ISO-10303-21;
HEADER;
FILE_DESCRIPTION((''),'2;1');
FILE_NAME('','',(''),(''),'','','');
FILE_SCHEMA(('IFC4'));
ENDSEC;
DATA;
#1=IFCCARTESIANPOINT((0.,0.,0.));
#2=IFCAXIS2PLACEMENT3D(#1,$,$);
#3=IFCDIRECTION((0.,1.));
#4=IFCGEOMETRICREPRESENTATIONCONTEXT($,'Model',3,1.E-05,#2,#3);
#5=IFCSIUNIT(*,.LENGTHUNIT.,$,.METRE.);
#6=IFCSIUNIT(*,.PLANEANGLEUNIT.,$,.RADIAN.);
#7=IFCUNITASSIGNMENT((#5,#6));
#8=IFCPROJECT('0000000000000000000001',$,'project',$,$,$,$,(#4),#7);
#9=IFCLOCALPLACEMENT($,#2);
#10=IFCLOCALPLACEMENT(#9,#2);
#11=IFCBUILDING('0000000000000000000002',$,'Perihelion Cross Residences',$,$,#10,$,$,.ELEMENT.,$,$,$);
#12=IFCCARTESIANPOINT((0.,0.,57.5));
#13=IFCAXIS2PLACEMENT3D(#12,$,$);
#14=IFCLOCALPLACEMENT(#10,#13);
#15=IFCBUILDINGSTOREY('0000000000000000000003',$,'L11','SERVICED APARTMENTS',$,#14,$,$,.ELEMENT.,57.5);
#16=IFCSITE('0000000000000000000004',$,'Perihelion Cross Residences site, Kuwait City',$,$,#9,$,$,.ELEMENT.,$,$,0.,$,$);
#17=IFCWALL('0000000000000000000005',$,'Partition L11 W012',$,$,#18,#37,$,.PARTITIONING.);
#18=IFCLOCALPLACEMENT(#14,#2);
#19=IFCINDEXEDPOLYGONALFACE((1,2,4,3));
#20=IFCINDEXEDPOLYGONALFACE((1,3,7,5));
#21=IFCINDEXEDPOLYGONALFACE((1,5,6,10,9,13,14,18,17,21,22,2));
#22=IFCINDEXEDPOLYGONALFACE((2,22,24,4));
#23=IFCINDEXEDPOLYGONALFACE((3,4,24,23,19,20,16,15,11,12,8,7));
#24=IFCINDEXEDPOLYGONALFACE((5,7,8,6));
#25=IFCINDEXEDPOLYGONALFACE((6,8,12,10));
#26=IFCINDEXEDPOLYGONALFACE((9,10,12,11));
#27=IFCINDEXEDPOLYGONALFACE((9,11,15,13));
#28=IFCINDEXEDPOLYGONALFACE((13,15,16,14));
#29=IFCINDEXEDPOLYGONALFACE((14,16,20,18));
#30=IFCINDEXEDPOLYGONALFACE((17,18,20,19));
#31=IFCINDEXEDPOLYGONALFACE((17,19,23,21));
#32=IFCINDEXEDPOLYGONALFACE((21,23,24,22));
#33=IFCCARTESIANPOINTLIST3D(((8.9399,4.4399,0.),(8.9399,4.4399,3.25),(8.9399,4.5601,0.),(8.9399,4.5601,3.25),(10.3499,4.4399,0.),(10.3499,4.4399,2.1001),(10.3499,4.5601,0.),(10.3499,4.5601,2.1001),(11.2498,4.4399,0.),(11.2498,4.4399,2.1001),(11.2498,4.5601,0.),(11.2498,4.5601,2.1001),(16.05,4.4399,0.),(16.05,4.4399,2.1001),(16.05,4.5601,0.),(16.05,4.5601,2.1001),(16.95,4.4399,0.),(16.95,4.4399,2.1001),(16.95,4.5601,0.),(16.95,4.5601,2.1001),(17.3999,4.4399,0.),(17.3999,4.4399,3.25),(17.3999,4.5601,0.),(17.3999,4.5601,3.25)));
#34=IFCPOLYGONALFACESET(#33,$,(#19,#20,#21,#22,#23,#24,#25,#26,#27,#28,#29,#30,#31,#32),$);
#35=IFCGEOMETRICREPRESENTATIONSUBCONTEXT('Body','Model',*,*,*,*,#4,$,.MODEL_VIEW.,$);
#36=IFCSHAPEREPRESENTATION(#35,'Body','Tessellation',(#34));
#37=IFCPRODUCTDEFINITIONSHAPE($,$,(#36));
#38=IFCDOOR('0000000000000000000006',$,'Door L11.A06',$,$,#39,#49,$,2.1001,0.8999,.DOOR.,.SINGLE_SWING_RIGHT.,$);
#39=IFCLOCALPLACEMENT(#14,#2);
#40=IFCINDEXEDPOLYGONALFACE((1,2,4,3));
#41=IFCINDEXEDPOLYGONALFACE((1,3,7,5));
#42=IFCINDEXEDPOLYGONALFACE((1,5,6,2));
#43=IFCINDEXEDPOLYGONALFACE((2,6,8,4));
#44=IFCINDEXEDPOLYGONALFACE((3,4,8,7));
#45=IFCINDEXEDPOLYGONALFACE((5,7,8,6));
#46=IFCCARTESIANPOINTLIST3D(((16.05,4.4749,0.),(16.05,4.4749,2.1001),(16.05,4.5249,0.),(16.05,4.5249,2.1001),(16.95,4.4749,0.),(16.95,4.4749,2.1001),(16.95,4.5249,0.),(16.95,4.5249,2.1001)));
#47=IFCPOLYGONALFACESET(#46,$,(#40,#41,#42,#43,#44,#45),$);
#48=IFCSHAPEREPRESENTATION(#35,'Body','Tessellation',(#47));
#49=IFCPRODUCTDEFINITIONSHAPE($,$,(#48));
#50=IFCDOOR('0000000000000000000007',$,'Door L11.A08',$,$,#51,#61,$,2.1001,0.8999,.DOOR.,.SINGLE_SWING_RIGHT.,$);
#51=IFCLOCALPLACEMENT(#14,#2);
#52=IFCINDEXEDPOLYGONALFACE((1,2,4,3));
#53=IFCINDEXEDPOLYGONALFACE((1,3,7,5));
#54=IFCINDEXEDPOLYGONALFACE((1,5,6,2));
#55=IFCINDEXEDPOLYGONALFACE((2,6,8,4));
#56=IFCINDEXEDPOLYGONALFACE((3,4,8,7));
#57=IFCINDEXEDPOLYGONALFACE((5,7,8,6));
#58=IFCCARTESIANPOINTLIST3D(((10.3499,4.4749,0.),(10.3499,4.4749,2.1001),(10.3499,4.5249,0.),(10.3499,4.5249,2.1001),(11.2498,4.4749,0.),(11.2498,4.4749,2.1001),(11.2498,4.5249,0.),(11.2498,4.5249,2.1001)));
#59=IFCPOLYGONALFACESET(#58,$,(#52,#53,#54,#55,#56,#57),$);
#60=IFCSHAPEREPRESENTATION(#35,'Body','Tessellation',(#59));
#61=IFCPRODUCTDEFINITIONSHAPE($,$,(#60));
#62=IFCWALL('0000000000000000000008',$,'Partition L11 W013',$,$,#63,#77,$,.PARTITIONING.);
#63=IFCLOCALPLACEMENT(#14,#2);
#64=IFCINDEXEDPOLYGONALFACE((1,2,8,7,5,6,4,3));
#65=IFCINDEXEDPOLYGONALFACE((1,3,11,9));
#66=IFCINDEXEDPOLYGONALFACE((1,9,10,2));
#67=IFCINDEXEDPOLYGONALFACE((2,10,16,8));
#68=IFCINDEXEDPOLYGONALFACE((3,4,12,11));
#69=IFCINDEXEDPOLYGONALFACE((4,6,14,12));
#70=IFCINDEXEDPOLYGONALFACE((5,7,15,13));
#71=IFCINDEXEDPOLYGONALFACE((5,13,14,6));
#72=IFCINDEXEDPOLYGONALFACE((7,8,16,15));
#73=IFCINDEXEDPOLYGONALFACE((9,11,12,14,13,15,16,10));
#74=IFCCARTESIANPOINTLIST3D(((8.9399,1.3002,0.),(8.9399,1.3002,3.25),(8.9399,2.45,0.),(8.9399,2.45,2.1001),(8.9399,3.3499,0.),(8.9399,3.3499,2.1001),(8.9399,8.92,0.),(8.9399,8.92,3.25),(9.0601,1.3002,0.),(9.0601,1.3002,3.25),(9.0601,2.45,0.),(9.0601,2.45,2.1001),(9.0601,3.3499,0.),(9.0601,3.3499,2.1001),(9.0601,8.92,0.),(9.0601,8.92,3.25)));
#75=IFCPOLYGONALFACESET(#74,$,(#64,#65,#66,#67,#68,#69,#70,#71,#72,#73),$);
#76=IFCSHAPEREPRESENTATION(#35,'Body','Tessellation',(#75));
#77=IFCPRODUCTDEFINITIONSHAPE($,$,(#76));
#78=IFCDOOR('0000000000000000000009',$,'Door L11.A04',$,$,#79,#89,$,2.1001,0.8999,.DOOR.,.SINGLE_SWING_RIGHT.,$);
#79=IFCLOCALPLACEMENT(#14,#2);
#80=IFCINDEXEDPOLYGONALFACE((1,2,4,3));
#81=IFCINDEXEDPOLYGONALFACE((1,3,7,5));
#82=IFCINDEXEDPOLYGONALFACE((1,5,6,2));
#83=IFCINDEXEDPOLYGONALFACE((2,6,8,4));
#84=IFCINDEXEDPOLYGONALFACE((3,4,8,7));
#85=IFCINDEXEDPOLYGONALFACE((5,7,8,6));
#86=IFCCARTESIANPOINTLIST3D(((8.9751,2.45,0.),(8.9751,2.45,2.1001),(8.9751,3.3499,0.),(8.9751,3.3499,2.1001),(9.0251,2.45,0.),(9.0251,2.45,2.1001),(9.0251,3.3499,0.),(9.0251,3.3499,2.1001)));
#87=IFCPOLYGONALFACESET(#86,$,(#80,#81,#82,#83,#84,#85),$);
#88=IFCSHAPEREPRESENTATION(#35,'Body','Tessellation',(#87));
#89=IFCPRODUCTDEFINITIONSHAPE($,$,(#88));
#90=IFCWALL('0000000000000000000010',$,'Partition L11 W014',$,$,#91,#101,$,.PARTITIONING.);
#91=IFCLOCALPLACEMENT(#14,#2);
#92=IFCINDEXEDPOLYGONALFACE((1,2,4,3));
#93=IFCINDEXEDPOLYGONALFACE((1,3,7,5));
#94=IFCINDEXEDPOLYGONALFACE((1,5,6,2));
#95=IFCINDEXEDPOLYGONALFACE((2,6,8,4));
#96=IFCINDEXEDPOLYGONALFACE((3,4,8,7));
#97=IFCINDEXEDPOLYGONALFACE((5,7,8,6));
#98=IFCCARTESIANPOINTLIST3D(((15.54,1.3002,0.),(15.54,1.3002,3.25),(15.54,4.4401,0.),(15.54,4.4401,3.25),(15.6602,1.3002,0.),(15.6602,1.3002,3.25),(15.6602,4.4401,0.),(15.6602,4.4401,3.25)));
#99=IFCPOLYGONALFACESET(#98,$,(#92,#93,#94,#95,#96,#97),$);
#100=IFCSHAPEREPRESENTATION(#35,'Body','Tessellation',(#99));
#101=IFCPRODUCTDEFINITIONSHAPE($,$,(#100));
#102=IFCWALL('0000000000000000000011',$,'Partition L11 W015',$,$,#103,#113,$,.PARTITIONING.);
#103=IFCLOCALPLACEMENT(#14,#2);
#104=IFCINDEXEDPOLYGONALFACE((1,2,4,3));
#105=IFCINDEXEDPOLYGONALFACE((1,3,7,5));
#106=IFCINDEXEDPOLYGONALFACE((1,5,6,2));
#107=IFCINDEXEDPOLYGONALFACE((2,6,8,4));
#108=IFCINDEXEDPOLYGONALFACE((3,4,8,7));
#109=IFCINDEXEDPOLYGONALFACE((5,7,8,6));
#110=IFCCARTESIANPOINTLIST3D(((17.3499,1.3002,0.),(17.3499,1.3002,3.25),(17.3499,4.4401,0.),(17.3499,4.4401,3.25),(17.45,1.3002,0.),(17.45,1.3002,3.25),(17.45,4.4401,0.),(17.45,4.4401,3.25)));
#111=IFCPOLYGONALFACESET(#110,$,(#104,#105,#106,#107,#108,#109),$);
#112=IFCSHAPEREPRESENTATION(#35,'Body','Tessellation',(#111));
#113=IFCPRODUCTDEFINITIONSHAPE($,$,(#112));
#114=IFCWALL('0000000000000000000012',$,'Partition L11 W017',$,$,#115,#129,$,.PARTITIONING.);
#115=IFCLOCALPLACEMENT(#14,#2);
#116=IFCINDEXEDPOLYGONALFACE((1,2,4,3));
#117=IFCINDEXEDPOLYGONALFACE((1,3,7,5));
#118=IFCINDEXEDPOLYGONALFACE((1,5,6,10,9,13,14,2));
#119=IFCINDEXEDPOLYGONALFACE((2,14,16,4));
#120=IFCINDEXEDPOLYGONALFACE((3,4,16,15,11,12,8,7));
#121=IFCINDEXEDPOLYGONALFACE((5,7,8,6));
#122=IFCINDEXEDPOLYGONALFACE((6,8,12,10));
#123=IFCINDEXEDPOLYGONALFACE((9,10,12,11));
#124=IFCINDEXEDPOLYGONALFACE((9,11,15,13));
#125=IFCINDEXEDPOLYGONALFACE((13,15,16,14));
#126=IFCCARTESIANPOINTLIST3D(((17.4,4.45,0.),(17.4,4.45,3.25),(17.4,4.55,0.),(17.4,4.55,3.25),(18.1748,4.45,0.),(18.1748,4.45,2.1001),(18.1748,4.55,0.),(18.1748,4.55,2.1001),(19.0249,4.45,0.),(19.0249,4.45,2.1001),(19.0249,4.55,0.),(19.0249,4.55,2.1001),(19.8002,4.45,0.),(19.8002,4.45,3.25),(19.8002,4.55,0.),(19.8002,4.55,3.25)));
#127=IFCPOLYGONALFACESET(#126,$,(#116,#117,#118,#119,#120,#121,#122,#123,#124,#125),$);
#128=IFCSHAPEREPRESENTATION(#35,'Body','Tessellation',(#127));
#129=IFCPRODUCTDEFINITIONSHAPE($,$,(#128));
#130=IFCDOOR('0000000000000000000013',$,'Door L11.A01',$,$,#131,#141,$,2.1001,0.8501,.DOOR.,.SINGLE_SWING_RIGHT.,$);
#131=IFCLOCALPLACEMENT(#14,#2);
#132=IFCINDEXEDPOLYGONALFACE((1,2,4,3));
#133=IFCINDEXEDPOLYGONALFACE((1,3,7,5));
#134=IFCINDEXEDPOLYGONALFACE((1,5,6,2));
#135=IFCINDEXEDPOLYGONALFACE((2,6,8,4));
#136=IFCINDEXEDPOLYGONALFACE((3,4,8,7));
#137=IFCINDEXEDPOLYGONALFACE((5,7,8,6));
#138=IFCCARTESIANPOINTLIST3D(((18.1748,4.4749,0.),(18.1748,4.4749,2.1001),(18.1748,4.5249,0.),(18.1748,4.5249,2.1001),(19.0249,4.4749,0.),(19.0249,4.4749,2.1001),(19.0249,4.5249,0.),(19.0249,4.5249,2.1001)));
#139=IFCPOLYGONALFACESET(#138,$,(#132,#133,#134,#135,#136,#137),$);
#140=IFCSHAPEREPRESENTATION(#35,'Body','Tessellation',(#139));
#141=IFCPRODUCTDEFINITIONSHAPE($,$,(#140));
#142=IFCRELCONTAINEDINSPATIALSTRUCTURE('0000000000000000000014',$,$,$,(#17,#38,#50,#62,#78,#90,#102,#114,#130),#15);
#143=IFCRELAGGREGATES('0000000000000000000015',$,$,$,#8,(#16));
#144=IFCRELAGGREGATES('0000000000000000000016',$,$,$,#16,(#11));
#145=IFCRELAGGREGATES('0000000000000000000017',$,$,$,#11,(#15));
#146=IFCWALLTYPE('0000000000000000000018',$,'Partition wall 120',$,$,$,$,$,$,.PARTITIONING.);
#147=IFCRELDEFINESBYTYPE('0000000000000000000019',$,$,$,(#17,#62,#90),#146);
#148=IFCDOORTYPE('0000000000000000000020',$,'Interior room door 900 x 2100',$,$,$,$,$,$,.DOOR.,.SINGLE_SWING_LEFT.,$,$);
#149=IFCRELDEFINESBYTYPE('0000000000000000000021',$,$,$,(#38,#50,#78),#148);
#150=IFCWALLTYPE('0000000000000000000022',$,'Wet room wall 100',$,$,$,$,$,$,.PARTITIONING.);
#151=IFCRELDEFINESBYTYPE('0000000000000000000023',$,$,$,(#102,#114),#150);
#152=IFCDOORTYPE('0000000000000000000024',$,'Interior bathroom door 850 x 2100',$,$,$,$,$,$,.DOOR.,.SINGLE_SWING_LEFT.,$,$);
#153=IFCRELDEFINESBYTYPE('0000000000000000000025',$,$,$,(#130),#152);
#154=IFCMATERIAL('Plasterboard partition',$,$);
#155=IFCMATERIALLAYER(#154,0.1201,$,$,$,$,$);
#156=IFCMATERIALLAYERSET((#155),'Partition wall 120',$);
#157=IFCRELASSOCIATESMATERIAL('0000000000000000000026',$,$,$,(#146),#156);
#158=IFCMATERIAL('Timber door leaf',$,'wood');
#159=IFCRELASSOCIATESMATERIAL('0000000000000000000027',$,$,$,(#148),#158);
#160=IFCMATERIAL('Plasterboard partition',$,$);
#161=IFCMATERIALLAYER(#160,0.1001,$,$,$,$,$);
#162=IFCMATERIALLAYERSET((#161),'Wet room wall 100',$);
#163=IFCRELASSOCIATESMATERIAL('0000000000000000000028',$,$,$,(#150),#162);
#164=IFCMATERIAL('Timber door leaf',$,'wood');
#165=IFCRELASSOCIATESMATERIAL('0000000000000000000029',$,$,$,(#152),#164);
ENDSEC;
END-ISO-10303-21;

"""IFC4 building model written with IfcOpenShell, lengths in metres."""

from ifc_helpers import new_model, si_unit, direction, frame, frame_2d, origin, place, context, subcontext, project, spatial, rectangle, extrude, material, layer, layer_set, type_object, element, fill, save


model = new_model("IFC4")

# Units and contexts
model_context = context("Model", 3, precision=1e-05, world=origin(), true_north=direction((0.0, 1.0)))
body_context = subcontext(model_context, "Body", "Model", "MODEL_VIEW")
ifc_project = project(units=[si_unit("LENGTHUNIT", "METRE"), si_unit("PLANEANGLEUNIT", "RADIAN")], contexts=[model_context])

# Site, building, storey
site_placement = place(None, origin())
site = spatial("IfcSite", under=ifc_project, at=site_placement, Name="Perihelion Cross Residences site, Kuwait City", CompositionType="ELEMENT", RefElevation=0.0)
building_placement = place(site_placement, origin())
building = spatial("IfcBuilding", under=site, at=building_placement, Name="Perihelion Cross Residences", CompositionType="ELEMENT")
storey_placement = place(building_placement, frame((0.0, 0.0, 57.5)))
storey = spatial("IfcBuildingStorey", under=building, at=storey_placement, Name="L11", Description="SERVICED APARTMENTS", CompositionType="ELEMENT", Elevation=57.5)

# Shared definitions
ifc_material_1 = material(Name="Plasterboard partition")
ifc_layer_1 = layer(ifc_material_1, 0.1201)
ifc_layer_set_1 = layer_set([ifc_layer_1], Name="Partition wall 120")
wall_type_1 = type_object("IfcWallType", Name="Partition wall 120", PredefinedType="PARTITIONING", material=ifc_layer_set_1)
ifc_material_2 = material(Name="Timber door leaf", Category="wood")
door_type_1 = type_object("IfcDoorType", Name="Interior room door 900 x 2100", OperationType="SINGLE_SWING_LEFT", PredefinedType="DOOR", material=ifc_material_2)

# Wall, openings, doors
wall_1_placement = place(storey_placement, frame((8.9399, 4.5, 0.0), z_axis=(0.0, 0.0, 1.0), x_axis=(1.0, 0.0, 0.0)))
wall_1 = element("IfcWall", 1, at=wall_1_placement, inside=storey, type_object=wall_type_1, Name="Partition L11 W012", PredefinedType="PARTITIONING", context=body_context, shape_type="SweptSolid", body=[
    extrude(rectangle(XDim=8.46, YDim=0.1201, at=frame_2d((4.23, 0.0))), origin(), (0.0, 0.0, 1.0), 3.25),
])
opening_1_placement = place(wall_1_placement, frame((7.1101, 0.0, 0.0)))
opening_1 = element("IfcOpeningElement", 2, at=opening_1_placement, cuts=wall_1, PredefinedType="OPENING", context=body_context, shape_type="SweptSolid", body=[
    extrude(rectangle(XDim=0.8999, YDim=2.1001, at=frame_2d((0.45, 1.05))), frame((0.0, 0.0701, 0.0), z_axis=(0.0, -1.0, 0.0), x_axis=(1.0, 0.0, 0.0)), (0.0, 0.0, 1.0), 0.1401),
])
opening_2_placement = place(wall_1_placement, frame((1.4099, 0.0, 0.0)))
opening_2 = element("IfcOpeningElement", 3, at=opening_2_placement, cuts=wall_1, PredefinedType="OPENING", context=body_context, shape_type="SweptSolid", body=[
    extrude(rectangle(XDim=0.8999, YDim=2.1001, at=frame_2d((0.45, 1.05))), frame((0.0, 0.0701, 0.0), z_axis=(0.0, -1.0, 0.0), x_axis=(1.0, 0.0, 0.0)), (0.0, 0.0, 1.0), 0.1401),
])
door_1_placement = place(opening_1_placement, origin())
door_1 = element("IfcDoor", 4, at=door_1_placement, inside=storey, type_object=door_type_1, Name="Door L11.A06", OperationType="SINGLE_SWING_RIGHT", OverallHeight=2.1001, OverallWidth=0.8999, PredefinedType="DOOR", context=body_context, shape_type="SweptSolid", body=[
    extrude(rectangle(XDim=0.8999, YDim=2.1001, at=frame_2d((0.45, 1.05))), frame((0.0, 0.0249, 0.0), z_axis=(0.0, -1.0, 0.0), x_axis=(1.0, 0.0, 0.0)), (0.0, 0.0, 1.0), 0.05),
])
fill(opening_1, door_1)
door_2_placement = place(opening_2_placement, origin())
door_2 = element("IfcDoor", 5, at=door_2_placement, inside=storey, type_object=door_type_1, Name="Door L11.A08", OperationType="SINGLE_SWING_RIGHT", OverallHeight=2.1001, OverallWidth=0.8999, PredefinedType="DOOR", context=body_context, shape_type="SweptSolid", body=[
    extrude(rectangle(XDim=0.8999, YDim=2.1001, at=frame_2d((0.45, 1.05))), frame((0.0, 0.0249, 0.0), z_axis=(0.0, -1.0, 0.0), x_axis=(1.0, 0.0, 0.0)), (0.0, 0.0, 1.0), 0.05),
])
fill(opening_2, door_2)

# Wall, opening, door
wall_2_placement = place(storey_placement, frame((9.0, 1.3, 0.0), z_axis=(0.0, 0.0, 1.0), x_axis=(0.0, 1.0, 0.0)))
wall_2 = element("IfcWall", 6, at=wall_2_placement, inside=storey, type_object=wall_type_1, Name="Partition L11 W013", PredefinedType="PARTITIONING", context=body_context, shape_type="SweptSolid", body=[
    extrude(rectangle(XDim=7.6199, YDim=0.1201, at=frame_2d((3.8101, 0.0))), origin(), (0.0, 0.0, 1.0), 3.25),
])
opening_3_placement = place(wall_2_placement, frame((1.1499, 0.0, 0.0)))
opening_3 = element("IfcOpeningElement", 7, at=opening_3_placement, cuts=wall_2, PredefinedType="OPENING", context=body_context, shape_type="SweptSolid", body=[
    extrude(rectangle(XDim=0.8999, YDim=2.1001, at=frame_2d((0.45, 1.05))), frame((0.0, 0.0701, 0.0), z_axis=(0.0, -1.0, 0.0), x_axis=(1.0, 0.0, 0.0)), (0.0, 0.0, 1.0), 0.1401),
])
door_3_placement = place(opening_3_placement, origin())
door_3 = element("IfcDoor", 8, at=door_3_placement, inside=storey, type_object=door_type_1, Name="Door L11.A04", OperationType="SINGLE_SWING_RIGHT", OverallHeight=2.1001, OverallWidth=0.8999, PredefinedType="DOOR", context=body_context, shape_type="SweptSolid", body=[
    extrude(rectangle(XDim=0.8999, YDim=2.1001, at=frame_2d((0.45, 1.05))), frame((0.0, 0.0249, 0.0), z_axis=(0.0, -1.0, 0.0), x_axis=(1.0, 0.0, 0.0)), (0.0, 0.0, 1.0), 0.05),
])
fill(opening_3, door_3)

# Walls
wall_3_placement = place(storey_placement, frame((15.6001, 4.4399, 0.0), z_axis=(0.0, 0.0, 1.0), x_axis=(0.0, -1.0, 0.0)))
element("IfcWall", 9, at=wall_3_placement, inside=storey, type_object=wall_type_1, Name="Partition L11 W014", PredefinedType="PARTITIONING", context=body_context, shape_type="SweptSolid", body=[
    extrude(rectangle(XDim=3.1399, YDim=0.1201, at=frame_2d((1.5698, 0.0))), origin(), (0.0, 0.0, 1.0), 3.25),
])
ifc_material_3 = material(Name="Plasterboard partition")
ifc_layer_2 = layer(ifc_material_3, 0.1001)
ifc_layer_set_2 = layer_set([ifc_layer_2], Name="Wet room wall 100")
wall_type_2 = type_object("IfcWallType", Name="Wet room wall 100", PredefinedType="PARTITIONING", material=ifc_layer_set_2)
wall_4_placement = place(storey_placement, frame((17.3999, 4.4399, 0.0), z_axis=(0.0, 0.0, 1.0), x_axis=(0.0, -1.0, 0.0)))
element("IfcWall", 10, at=wall_4_placement, inside=storey, type_object=wall_type_2, Name="Partition L11 W015", PredefinedType="PARTITIONING", context=body_context, shape_type="SweptSolid", body=[
    extrude(rectangle(XDim=3.1399, YDim=0.1001, at=frame_2d((1.5698, 0.0))), origin(), (0.0, 0.0, 1.0), 3.25),
])

# Wall, opening, door
wall_5_placement = place(storey_placement, frame((17.3999, 4.5, 0.0), z_axis=(0.0, 0.0, 1.0), x_axis=(1.0, 0.0, 0.0)))
wall_5 = element("IfcWall", 11, at=wall_5_placement, inside=storey, type_object=wall_type_2, Name="Partition L11 W017", PredefinedType="PARTITIONING", context=body_context, shape_type="SweptSolid", body=[
    extrude(rectangle(XDim=2.4001, YDim=0.1001, at=frame_2d((1.2002, 0.0))), origin(), (0.0, 0.0, 1.0), 3.25),
])
opening_4_placement = place(wall_5_placement, frame((0.7749, 0.0, 0.0)))
opening_4 = element("IfcOpeningElement", 12, at=opening_4_placement, cuts=wall_5, PredefinedType="OPENING", context=body_context, shape_type="SweptSolid", body=[
    extrude(rectangle(XDim=0.8501, YDim=2.1001, at=frame_2d((0.425, 1.05))), frame((0.0, 0.0601, 0.0), z_axis=(0.0, -1.0, 0.0), x_axis=(1.0, 0.0, 0.0)), (0.0, 0.0, 1.0), 0.1201),
])
ifc_material_4 = material(Name="Timber door leaf", Category="wood")
door_type_2 = type_object("IfcDoorType", Name="Interior bathroom door 850 x 2100", OperationType="SINGLE_SWING_LEFT", PredefinedType="DOOR", material=ifc_material_4)
door_4_placement = place(opening_4_placement, origin())
door_4 = element("IfcDoor", 13, at=door_4_placement, inside=storey, type_object=door_type_2, Name="Door L11.A01", OperationType="SINGLE_SWING_RIGHT", OverallHeight=2.1001, OverallWidth=0.8501, PredefinedType="DOOR", context=body_context, shape_type="SweptSolid", body=[
    extrude(rectangle(XDim=0.8501, YDim=2.1001, at=frame_2d((0.425, 1.05))), frame((0.0, 0.0249, 0.0), z_axis=(0.0, -1.0, 0.0), x_axis=(1.0, 0.0, 0.0)), (0.0, 0.0, 1.0), 0.05),
])
fill(opening_4, door_4)

save(model, "model.ifc")
